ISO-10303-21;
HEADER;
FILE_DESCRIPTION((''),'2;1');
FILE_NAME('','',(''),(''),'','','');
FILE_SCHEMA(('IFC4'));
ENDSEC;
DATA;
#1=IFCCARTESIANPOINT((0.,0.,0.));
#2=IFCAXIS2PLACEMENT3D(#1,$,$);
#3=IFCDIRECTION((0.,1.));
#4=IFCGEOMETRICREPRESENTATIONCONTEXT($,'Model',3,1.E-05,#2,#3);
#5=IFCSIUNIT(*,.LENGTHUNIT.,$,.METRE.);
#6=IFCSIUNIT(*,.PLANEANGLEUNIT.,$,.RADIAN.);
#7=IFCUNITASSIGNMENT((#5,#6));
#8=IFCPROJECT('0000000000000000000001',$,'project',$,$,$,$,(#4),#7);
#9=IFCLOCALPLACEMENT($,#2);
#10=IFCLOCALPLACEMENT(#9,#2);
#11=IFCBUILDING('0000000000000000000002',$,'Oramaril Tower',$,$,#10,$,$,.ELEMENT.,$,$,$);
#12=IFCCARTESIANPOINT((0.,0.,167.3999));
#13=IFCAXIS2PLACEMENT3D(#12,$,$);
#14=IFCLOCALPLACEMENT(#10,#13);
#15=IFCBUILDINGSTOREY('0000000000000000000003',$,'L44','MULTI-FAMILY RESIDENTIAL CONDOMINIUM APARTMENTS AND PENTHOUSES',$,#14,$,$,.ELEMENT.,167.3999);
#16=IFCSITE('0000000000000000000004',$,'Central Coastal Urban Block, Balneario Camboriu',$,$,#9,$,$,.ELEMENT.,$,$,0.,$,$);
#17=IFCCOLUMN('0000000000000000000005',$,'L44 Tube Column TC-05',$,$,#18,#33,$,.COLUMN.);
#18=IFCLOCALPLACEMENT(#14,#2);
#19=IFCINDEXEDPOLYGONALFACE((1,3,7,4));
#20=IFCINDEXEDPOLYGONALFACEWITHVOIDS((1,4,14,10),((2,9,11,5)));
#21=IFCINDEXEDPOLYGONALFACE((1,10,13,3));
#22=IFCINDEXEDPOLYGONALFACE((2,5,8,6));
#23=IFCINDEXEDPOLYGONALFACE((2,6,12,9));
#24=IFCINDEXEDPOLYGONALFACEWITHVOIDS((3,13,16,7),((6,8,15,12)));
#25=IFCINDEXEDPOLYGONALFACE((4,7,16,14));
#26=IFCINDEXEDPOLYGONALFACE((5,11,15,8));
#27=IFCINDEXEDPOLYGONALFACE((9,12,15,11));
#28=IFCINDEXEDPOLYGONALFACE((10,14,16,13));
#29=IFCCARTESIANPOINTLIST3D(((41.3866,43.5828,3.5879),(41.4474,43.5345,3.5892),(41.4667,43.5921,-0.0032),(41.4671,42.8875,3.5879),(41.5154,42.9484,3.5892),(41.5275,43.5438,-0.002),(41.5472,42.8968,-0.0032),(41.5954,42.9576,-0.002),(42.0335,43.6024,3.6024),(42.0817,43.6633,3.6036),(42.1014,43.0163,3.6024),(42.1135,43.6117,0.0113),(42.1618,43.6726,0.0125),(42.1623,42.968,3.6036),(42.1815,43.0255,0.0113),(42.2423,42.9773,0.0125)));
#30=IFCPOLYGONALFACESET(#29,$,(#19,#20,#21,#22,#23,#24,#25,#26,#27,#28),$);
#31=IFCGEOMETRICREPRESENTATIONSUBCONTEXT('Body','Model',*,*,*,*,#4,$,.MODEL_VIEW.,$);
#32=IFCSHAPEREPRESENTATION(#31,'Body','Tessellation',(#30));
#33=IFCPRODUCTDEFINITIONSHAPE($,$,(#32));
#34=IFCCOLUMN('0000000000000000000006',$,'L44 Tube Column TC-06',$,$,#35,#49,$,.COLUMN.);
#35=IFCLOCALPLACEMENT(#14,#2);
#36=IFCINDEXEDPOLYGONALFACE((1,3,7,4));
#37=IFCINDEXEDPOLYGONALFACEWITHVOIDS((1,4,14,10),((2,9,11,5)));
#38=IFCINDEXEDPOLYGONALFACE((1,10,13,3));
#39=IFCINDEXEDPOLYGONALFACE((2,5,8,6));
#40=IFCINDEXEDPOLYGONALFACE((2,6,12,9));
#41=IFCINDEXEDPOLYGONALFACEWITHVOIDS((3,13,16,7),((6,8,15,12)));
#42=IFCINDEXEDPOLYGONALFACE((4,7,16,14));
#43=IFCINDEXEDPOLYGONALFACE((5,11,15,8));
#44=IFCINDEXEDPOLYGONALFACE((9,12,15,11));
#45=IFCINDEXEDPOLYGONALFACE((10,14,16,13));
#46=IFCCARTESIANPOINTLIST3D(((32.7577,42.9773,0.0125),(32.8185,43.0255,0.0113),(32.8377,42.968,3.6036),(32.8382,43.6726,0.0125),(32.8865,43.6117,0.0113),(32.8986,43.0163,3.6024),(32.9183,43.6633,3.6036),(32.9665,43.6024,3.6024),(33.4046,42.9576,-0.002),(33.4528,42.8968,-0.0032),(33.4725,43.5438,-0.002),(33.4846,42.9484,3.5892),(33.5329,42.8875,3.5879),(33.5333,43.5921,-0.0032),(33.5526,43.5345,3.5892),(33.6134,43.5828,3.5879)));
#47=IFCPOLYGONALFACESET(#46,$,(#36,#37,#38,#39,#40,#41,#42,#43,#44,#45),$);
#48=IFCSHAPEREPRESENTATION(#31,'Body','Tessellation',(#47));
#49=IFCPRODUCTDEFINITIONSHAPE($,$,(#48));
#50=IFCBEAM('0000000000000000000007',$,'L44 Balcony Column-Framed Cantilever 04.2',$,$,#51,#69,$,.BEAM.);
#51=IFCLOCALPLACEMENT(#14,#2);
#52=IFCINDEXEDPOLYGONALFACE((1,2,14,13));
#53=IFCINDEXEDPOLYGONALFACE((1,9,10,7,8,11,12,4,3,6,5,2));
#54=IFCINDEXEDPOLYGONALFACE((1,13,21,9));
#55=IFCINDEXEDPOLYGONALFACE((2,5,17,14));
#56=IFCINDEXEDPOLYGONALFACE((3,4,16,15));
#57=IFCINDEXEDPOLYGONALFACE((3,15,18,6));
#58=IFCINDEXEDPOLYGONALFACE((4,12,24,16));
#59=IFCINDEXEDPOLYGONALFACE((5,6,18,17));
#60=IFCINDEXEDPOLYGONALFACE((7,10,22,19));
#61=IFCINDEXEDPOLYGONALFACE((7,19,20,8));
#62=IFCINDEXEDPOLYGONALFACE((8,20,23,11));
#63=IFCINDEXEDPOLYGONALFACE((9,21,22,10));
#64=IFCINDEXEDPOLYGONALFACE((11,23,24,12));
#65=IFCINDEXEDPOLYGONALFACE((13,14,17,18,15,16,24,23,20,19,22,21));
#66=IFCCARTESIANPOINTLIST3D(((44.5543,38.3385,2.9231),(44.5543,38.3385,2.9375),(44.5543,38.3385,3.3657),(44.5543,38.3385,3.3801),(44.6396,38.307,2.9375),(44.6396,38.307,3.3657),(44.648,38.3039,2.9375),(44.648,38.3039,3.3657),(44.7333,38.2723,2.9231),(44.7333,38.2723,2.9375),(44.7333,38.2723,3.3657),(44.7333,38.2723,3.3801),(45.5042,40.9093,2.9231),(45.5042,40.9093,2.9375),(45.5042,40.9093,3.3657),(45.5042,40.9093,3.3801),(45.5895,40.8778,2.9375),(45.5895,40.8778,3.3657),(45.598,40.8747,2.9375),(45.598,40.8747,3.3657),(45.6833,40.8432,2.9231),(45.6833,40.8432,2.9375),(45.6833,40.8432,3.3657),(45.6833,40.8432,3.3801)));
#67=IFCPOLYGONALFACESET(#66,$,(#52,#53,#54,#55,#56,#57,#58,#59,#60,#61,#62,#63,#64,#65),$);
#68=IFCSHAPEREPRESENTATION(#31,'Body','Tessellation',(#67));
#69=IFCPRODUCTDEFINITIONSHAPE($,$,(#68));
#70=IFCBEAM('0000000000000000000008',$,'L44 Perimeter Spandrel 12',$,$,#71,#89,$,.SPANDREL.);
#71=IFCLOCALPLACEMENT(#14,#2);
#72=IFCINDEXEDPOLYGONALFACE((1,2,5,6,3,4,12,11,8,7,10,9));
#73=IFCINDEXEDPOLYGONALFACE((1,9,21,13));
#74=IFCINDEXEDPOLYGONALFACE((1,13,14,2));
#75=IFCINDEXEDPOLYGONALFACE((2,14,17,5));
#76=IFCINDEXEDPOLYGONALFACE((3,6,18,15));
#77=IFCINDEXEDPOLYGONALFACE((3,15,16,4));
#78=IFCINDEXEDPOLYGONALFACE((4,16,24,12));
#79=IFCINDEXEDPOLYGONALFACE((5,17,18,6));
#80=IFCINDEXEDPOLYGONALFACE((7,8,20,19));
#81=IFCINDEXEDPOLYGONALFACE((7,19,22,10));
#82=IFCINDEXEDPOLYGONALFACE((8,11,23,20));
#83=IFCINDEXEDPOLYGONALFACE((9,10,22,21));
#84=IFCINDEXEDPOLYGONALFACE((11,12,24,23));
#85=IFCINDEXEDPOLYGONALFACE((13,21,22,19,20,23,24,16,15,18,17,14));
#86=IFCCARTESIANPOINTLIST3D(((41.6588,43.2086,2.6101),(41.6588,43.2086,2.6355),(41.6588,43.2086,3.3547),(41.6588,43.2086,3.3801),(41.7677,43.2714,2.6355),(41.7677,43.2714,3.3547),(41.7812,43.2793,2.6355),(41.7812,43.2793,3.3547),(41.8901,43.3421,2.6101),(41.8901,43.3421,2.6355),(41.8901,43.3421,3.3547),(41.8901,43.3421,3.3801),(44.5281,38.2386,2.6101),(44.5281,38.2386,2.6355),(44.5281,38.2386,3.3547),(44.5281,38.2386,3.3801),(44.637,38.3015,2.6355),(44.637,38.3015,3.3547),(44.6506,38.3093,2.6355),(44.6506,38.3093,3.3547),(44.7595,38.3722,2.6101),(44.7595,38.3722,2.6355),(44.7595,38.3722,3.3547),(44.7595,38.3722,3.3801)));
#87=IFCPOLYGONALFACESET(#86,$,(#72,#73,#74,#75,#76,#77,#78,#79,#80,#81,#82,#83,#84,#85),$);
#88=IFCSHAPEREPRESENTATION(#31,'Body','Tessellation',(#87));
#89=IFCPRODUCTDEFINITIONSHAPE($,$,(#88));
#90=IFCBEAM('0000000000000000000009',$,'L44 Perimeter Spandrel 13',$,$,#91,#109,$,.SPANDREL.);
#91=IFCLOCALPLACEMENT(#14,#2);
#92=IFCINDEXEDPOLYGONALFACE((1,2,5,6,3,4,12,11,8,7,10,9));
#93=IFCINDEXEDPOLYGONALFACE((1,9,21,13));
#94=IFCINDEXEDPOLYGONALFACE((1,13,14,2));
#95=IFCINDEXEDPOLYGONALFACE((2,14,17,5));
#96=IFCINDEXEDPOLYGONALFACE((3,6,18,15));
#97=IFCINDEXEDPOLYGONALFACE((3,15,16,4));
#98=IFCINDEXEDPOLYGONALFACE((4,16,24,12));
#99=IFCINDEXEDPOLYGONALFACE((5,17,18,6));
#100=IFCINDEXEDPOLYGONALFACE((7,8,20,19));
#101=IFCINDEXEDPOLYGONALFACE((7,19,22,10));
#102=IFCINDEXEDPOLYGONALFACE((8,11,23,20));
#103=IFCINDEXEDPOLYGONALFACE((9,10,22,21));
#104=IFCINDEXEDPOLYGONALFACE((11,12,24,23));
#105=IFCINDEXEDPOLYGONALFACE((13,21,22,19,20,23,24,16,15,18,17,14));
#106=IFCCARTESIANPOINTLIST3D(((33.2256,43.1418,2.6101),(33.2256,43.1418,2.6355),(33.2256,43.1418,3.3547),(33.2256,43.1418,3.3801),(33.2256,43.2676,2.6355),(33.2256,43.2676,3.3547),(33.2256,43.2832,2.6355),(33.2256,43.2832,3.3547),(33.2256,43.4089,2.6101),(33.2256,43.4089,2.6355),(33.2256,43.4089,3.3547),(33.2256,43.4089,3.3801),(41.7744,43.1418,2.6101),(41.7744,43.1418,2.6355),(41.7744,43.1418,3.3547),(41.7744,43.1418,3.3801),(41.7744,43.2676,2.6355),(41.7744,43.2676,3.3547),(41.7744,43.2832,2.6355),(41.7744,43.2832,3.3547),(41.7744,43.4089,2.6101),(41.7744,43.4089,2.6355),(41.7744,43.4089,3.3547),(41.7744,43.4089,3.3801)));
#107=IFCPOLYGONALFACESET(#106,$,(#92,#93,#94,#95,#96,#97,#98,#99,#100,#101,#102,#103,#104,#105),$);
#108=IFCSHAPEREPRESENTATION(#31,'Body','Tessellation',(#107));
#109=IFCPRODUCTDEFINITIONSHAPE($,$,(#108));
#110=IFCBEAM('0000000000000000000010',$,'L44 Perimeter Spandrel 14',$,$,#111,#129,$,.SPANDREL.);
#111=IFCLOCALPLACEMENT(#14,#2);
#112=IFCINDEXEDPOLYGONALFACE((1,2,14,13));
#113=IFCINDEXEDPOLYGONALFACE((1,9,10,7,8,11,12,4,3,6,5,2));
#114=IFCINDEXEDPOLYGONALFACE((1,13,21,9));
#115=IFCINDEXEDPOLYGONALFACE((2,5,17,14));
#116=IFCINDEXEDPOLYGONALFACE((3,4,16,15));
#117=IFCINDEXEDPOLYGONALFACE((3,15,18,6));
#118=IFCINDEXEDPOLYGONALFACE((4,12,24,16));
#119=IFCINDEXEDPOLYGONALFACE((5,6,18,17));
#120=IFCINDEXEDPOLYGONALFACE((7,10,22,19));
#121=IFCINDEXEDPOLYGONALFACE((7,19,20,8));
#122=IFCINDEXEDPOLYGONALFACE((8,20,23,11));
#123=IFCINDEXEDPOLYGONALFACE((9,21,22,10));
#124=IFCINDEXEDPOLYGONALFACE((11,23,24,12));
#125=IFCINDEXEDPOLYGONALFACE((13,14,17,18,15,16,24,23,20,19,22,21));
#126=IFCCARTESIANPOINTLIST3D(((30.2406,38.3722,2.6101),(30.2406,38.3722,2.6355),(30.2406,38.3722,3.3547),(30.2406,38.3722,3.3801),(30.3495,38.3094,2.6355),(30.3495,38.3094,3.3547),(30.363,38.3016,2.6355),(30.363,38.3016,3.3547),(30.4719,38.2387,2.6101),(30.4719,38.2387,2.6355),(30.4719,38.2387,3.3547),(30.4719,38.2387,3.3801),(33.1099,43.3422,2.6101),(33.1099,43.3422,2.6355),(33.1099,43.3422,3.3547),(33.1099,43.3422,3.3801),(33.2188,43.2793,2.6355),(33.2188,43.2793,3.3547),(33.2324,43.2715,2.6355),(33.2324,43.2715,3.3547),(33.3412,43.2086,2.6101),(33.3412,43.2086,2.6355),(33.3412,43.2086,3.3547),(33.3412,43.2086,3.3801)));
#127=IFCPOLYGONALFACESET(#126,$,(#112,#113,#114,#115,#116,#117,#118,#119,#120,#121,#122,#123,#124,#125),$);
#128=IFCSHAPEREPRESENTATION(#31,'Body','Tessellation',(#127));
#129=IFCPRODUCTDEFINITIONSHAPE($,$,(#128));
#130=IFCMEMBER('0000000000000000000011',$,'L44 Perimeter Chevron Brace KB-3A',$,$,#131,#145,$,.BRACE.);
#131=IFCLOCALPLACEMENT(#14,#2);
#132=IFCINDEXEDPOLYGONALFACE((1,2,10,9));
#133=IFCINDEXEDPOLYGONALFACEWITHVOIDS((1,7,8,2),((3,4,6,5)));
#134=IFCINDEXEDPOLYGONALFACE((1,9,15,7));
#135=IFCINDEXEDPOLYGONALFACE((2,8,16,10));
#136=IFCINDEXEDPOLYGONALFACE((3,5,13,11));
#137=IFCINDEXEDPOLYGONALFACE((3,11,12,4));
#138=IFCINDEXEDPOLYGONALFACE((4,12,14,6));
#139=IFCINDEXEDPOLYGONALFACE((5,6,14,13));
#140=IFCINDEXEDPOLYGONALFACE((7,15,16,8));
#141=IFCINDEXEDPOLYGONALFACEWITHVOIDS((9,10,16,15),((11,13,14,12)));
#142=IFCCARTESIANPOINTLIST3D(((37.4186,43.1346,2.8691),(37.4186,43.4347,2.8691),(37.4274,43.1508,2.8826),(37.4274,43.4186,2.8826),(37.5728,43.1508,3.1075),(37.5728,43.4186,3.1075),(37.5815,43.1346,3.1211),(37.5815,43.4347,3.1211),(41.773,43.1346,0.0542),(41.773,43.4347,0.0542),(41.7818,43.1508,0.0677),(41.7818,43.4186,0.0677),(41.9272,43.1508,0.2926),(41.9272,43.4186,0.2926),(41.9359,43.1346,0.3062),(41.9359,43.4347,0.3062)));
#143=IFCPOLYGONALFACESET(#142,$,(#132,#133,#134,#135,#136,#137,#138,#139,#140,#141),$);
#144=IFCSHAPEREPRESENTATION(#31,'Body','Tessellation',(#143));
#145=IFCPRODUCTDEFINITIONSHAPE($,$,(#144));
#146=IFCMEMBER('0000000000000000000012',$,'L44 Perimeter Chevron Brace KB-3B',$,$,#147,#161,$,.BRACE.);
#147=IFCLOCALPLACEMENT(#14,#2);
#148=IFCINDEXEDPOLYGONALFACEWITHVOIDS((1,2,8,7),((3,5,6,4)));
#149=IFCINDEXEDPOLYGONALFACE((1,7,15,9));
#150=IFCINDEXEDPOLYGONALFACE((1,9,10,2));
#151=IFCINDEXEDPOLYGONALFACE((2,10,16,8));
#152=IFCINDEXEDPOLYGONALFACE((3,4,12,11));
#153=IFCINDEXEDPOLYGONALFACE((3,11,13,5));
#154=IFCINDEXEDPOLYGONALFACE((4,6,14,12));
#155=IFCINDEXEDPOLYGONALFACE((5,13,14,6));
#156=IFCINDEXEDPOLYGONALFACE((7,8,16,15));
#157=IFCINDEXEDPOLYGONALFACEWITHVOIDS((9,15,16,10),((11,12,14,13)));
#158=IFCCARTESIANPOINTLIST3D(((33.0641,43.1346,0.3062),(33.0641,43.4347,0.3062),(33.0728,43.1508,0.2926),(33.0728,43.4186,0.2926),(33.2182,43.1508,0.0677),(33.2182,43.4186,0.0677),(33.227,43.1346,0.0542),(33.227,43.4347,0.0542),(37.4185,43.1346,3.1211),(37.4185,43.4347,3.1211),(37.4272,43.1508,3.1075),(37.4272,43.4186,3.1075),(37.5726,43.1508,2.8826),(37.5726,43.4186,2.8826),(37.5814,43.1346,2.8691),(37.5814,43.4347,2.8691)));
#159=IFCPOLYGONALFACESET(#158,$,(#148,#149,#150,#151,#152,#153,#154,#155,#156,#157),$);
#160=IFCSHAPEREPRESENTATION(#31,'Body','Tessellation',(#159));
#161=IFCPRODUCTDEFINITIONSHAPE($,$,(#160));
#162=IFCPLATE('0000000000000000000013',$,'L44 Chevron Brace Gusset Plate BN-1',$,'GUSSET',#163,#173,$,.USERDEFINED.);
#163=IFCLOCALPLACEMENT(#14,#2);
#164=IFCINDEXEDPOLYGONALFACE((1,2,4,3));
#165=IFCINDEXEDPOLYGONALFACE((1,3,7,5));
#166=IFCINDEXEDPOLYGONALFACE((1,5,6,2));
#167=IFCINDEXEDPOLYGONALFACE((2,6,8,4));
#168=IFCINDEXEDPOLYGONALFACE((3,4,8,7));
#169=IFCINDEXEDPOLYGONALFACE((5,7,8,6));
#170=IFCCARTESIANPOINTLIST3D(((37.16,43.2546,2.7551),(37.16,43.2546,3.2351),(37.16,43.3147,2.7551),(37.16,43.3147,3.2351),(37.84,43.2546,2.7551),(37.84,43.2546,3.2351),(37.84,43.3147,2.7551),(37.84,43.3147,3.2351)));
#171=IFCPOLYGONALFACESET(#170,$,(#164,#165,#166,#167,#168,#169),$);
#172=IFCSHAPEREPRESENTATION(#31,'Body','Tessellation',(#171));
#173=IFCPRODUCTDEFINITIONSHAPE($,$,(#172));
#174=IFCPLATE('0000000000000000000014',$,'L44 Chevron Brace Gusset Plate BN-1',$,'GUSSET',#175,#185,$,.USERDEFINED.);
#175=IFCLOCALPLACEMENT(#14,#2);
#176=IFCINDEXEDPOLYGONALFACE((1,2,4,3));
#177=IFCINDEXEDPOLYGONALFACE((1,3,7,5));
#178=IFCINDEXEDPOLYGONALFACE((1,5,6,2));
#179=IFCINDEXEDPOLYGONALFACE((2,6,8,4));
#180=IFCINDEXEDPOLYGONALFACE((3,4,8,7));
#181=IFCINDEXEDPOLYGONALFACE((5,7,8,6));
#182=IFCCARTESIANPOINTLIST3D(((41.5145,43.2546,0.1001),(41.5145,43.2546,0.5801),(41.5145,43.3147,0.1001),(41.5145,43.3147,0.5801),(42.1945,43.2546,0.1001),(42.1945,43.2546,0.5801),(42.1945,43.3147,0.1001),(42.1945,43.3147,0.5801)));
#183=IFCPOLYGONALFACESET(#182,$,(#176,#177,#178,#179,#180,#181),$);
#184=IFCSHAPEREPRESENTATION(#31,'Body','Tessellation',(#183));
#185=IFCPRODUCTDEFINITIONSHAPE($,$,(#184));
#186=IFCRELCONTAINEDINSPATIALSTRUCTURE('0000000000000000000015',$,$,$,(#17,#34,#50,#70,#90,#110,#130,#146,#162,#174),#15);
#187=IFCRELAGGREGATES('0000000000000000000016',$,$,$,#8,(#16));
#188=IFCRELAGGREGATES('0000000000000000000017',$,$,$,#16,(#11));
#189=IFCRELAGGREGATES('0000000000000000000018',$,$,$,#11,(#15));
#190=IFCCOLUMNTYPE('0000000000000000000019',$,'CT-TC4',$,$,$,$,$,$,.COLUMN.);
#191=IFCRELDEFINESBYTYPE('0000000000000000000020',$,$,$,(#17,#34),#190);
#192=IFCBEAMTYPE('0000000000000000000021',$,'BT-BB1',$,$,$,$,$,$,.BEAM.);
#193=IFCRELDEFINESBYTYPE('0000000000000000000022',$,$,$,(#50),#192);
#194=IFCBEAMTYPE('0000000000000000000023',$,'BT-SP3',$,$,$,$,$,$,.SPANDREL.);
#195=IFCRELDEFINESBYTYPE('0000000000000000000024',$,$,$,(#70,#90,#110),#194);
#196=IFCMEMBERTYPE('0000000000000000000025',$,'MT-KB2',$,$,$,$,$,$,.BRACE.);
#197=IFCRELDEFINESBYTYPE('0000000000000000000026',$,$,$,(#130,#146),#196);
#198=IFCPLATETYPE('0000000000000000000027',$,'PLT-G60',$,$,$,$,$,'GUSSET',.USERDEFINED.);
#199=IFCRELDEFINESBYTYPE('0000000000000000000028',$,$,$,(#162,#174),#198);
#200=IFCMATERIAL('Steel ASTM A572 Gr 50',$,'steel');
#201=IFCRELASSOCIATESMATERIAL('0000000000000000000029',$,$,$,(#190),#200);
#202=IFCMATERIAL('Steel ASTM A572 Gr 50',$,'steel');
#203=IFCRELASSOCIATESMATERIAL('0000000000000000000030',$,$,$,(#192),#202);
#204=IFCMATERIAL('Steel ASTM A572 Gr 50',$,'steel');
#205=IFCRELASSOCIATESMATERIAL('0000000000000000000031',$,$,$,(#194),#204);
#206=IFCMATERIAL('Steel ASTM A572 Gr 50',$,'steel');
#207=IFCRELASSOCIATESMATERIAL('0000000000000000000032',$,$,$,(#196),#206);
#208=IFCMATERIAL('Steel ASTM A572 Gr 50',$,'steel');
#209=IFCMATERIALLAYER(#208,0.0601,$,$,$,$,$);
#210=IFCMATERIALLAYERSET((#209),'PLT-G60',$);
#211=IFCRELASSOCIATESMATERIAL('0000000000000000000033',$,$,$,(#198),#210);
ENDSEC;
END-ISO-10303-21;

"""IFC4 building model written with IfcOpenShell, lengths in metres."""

from ifc_helpers import new_model, si_unit, direction, frame, origin, origin_2d, place, context, subcontext, project, spatial, rectangle, hollow_rectangle, i_section, extrude, material, layer, layer_set, material_profile, profile_set, type_object, element, save


model = new_model("IFC4")

# Units and contexts
model_context = context("Model", 3, precision=1e-05, world=origin(), true_north=direction((0.0, 1.0)))
body_context = subcontext(model_context, "Body", "Model", "MODEL_VIEW")
ifc_project = project(units=[si_unit("LENGTHUNIT", "METRE"), si_unit("PLANEANGLEUNIT", "RADIAN")], contexts=[model_context])

# Site, building, storey
site_placement = place(None, origin())
site = spatial("IfcSite", under=ifc_project, at=site_placement, Name="Central Coastal Urban Block, Balneario Camboriu", CompositionType="ELEMENT", RefElevation=0.0)
building_placement = place(site_placement, origin())
building = spatial("IfcBuilding", under=site, at=building_placement, Name="Oramaril Tower", CompositionType="ELEMENT")
storey_placement = place(building_placement, frame((0.0, 0.0, 167.3999)))
storey = spatial("IfcBuildingStorey", under=building, at=storey_placement, Name="L44", Description="MULTI-FAMILY RESIDENTIAL CONDOMINIUM APARTMENTS AND PENTHOUSES", CompositionType="ELEMENT", Elevation=167.3999)

# Columns
ifc_material_1 = material(Name="Steel ASTM A572 Gr 50", Category="steel")
ifc_material_profile_1 = material_profile(ifc_material_1, hollow_rectangle(XDim=0.7, YDim=0.7, WallThickness=0.0549, at=origin_2d()), Name="BOX700X700X55")
ifc_profile_set_1 = profile_set([ifc_material_profile_1], Name="Steel ASTM A572 Gr 50")
column_type = type_object("IfcColumnType", Name="CT-TC4", PredefinedType="COLUMN", material=ifc_profile_set_1)
for number, where, z_axis, x_axis, name in (
    (1, (41.8545, 43.2847, 0.0046), (-0.022294, -0.002583, 0.999748), (0.115084, -0.993356, 0.0), "L44 Tube Column TC-05"),
    (2, (33.1455, 43.2847, 0.0046), (0.022294, -0.002583, 0.999748), (0.115084, 0.993356, 0.0), "L44 Tube Column TC-06"),
):
    element("IfcColumn", number, at=place(storey_placement, frame(where, z_axis=z_axis, x_axis=x_axis)), inside=storey, type_object=column_type, Name=name, PredefinedType="COLUMN", context=body_context, shape_type="SweptSolid", body=[
        extrude(hollow_rectangle(XDim=0.7, YDim=0.7, WallThickness=0.0549, at=origin_2d()), origin(), (0.0, 0.0, 1.0), 3.592),
    ])

# Beams
ifc_material_2 = material(Name="Steel ASTM A572 Gr 50", Category="steel")
ifc_material_profile_2 = material_profile(ifc_material_2, i_section(OverallWidth=0.1909, OverallDepth=0.457, WebThickness=0.009, FlangeThickness=0.0144, at=origin_2d()), Name="W18X50")
ifc_profile_set_2 = profile_set([ifc_material_profile_2], Name="Steel ASTM A572 Gr 50")
beam_type_1 = type_object("IfcBeamType", Name="BT-BB1", PredefinedType="BEAM", material=ifc_profile_set_2)
beam_1_placement = place(storey_placement, frame((44.6438, 38.3054, 3.1516), z_axis=(0.346609, 0.93801, 0.0), x_axis=(-0.93801, 0.346609, 0.0)))
element("IfcBeam", 3, at=beam_1_placement, inside=storey, type_object=beam_type_1, Name="L44 Balcony Column-Framed Cantilever 04.2", PredefinedType="BEAM", context=body_context, shape_type="SweptSolid", body=[
    extrude(i_section(OverallWidth=0.1909, OverallDepth=0.457, WebThickness=0.009, FlangeThickness=0.0144, at=origin_2d()), origin(), (0.0, 0.0, 1.0), 2.7407),
])
ifc_material_3 = material(Name="Steel ASTM A572 Gr 50", Category="steel")
ifc_material_profile_3 = material_profile(ifc_material_3, i_section(OverallWidth=0.2671, OverallDepth=0.77, WebThickness=0.0156, FlangeThickness=0.0254, at=origin_2d()), Name="W30X132")
ifc_profile_set_3 = profile_set([ifc_material_profile_3], Name="Steel ASTM A572 Gr 50")
beam_type_2 = type_object("IfcBeamType", Name="BT-SP3", PredefinedType="SPANDREL", material=ifc_profile_set_3)
beam_2_placement = place(storey_placement, frame((44.6438, 38.3054, 2.9951), z_axis=(-0.499996, 0.866028, 0.0), x_axis=(-0.866028, -0.499996, 0.0)))
element("IfcBeam", 4, at=beam_2_placement, inside=storey, type_object=beam_type_2, Name="L44 Perimeter Spandrel 12", PredefinedType="SPANDREL", context=body_context, shape_type="SweptSolid", body=[
    extrude(i_section(OverallWidth=0.2671, OverallDepth=0.77, WebThickness=0.0156, FlangeThickness=0.0254, at=origin_2d()), origin(), (0.0, 0.0, 1.0), 5.7388),
])
beam_3_placement = place(storey_placement, frame((41.7744, 43.2754, 2.9951), z_axis=(-1.0, 0.0, 0.0), x_axis=(0.0, -1.0, 0.0)))
element("IfcBeam", 5, at=beam_3_placement, inside=storey, type_object=beam_type_2, Name="L44 Perimeter Spandrel 13", PredefinedType="SPANDREL", context=body_context, shape_type="SweptSolid", body=[
    extrude(i_section(OverallWidth=0.2671, OverallDepth=0.77, WebThickness=0.0156, FlangeThickness=0.0254, at=origin_2d()), origin(), (0.0, 0.0, 1.0), 8.5488),
])
beam_4_placement = place(storey_placement, frame((33.2256, 43.2754, 2.9951), z_axis=(-0.499996, -0.866028, 0.0), x_axis=(0.866028, -0.499996, 0.0)))
element("IfcBeam", 6, at=beam_4_placement, inside=storey, type_object=beam_type_2, Name="L44 Perimeter Spandrel 14", PredefinedType="SPANDREL", context=body_context, shape_type="SweptSolid", body=[
    extrude(i_section(OverallWidth=0.2671, OverallDepth=0.77, WebThickness=0.0156, FlangeThickness=0.0254, at=origin_2d()), origin(), (0.0, 0.0, 1.0), 5.7388),
])

# Members
ifc_material_4 = material(Name="Steel ASTM A572 Gr 50", Category="steel")
ifc_material_profile_4 = material_profile(ifc_material_4, hollow_rectangle(XDim=0.3, YDim=0.3, WallThickness=0.0161, at=origin_2d()), Name="HSS300X300X16")
ifc_profile_set_4 = profile_set([ifc_material_profile_4], Name="Steel ASTM A572 Gr 50")
member_type = type_object("IfcMemberType", Name="MT-KB2", PredefinedType="BRACE", material=ifc_profile_set_4)
for number, where, z_axis, x_axis, name in (
    (7, (41.8545, 43.2847, 0.1802), (-0.839805, 0.0, 0.542888), (0.0, -1.0, 0.0), "L44 Perimeter Chevron Brace KB-3A"),
    (8, (33.1455, 43.2847, 0.1802), (0.839805, 0.0, 0.542888), (0.0, 1.0, 0.0), "L44 Perimeter Chevron Brace KB-3B"),
):
    element("IfcMember", number, at=place(storey_placement, frame(where, z_axis=z_axis, x_axis=x_axis)), inside=storey, type_object=member_type, Name=name, PredefinedType="BRACE", context=body_context, shape_type="SweptSolid", body=[
        extrude(hollow_rectangle(XDim=0.3, YDim=0.3, WallThickness=0.0161, at=origin_2d()), origin(), (0.0, 0.0, 1.0), 5.1851),
    ])

# Plates
ifc_material_5 = material(Name="Steel ASTM A572 Gr 50", Category="steel")
ifc_layer_1 = layer(ifc_material_5, 0.0601)
ifc_layer_set_1 = layer_set([ifc_layer_1], Name="PLT-G60")
plate_type = type_object("IfcPlateType", Name="PLT-G60", ElementType="GUSSET", PredefinedType="USERDEFINED", material=ifc_layer_set_1)
for number, where, z_axis, x_axis, name in (
    (9, (37.5, 43.2847, 2.7551), (0.0, 0.0, 1.0), (-1.0, 0.0, 0.0), "L44 Chevron Brace Gusset Plate BN-1"),
    (10, (41.8545, 43.2847, 0.1001), (0.0, 0.0, 1.0), (-1.0, 0.0, 0.0), "L44 Chevron Brace Gusset Plate BN-1"),
):
    element("IfcPlate", number, at=place(storey_placement, frame(where, z_axis=z_axis, x_axis=x_axis)), inside=storey, type_object=plate_type, Name=name, ObjectType="GUSSET", PredefinedType="USERDEFINED", context=body_context, shape_type="SweptSolid", body=[
        extrude(rectangle(XDim=0.6799, YDim=0.0601, at=origin_2d()), origin(), (0.0, 0.0, 1.0), 0.48),
    ])

save(model, "model.ifc")
